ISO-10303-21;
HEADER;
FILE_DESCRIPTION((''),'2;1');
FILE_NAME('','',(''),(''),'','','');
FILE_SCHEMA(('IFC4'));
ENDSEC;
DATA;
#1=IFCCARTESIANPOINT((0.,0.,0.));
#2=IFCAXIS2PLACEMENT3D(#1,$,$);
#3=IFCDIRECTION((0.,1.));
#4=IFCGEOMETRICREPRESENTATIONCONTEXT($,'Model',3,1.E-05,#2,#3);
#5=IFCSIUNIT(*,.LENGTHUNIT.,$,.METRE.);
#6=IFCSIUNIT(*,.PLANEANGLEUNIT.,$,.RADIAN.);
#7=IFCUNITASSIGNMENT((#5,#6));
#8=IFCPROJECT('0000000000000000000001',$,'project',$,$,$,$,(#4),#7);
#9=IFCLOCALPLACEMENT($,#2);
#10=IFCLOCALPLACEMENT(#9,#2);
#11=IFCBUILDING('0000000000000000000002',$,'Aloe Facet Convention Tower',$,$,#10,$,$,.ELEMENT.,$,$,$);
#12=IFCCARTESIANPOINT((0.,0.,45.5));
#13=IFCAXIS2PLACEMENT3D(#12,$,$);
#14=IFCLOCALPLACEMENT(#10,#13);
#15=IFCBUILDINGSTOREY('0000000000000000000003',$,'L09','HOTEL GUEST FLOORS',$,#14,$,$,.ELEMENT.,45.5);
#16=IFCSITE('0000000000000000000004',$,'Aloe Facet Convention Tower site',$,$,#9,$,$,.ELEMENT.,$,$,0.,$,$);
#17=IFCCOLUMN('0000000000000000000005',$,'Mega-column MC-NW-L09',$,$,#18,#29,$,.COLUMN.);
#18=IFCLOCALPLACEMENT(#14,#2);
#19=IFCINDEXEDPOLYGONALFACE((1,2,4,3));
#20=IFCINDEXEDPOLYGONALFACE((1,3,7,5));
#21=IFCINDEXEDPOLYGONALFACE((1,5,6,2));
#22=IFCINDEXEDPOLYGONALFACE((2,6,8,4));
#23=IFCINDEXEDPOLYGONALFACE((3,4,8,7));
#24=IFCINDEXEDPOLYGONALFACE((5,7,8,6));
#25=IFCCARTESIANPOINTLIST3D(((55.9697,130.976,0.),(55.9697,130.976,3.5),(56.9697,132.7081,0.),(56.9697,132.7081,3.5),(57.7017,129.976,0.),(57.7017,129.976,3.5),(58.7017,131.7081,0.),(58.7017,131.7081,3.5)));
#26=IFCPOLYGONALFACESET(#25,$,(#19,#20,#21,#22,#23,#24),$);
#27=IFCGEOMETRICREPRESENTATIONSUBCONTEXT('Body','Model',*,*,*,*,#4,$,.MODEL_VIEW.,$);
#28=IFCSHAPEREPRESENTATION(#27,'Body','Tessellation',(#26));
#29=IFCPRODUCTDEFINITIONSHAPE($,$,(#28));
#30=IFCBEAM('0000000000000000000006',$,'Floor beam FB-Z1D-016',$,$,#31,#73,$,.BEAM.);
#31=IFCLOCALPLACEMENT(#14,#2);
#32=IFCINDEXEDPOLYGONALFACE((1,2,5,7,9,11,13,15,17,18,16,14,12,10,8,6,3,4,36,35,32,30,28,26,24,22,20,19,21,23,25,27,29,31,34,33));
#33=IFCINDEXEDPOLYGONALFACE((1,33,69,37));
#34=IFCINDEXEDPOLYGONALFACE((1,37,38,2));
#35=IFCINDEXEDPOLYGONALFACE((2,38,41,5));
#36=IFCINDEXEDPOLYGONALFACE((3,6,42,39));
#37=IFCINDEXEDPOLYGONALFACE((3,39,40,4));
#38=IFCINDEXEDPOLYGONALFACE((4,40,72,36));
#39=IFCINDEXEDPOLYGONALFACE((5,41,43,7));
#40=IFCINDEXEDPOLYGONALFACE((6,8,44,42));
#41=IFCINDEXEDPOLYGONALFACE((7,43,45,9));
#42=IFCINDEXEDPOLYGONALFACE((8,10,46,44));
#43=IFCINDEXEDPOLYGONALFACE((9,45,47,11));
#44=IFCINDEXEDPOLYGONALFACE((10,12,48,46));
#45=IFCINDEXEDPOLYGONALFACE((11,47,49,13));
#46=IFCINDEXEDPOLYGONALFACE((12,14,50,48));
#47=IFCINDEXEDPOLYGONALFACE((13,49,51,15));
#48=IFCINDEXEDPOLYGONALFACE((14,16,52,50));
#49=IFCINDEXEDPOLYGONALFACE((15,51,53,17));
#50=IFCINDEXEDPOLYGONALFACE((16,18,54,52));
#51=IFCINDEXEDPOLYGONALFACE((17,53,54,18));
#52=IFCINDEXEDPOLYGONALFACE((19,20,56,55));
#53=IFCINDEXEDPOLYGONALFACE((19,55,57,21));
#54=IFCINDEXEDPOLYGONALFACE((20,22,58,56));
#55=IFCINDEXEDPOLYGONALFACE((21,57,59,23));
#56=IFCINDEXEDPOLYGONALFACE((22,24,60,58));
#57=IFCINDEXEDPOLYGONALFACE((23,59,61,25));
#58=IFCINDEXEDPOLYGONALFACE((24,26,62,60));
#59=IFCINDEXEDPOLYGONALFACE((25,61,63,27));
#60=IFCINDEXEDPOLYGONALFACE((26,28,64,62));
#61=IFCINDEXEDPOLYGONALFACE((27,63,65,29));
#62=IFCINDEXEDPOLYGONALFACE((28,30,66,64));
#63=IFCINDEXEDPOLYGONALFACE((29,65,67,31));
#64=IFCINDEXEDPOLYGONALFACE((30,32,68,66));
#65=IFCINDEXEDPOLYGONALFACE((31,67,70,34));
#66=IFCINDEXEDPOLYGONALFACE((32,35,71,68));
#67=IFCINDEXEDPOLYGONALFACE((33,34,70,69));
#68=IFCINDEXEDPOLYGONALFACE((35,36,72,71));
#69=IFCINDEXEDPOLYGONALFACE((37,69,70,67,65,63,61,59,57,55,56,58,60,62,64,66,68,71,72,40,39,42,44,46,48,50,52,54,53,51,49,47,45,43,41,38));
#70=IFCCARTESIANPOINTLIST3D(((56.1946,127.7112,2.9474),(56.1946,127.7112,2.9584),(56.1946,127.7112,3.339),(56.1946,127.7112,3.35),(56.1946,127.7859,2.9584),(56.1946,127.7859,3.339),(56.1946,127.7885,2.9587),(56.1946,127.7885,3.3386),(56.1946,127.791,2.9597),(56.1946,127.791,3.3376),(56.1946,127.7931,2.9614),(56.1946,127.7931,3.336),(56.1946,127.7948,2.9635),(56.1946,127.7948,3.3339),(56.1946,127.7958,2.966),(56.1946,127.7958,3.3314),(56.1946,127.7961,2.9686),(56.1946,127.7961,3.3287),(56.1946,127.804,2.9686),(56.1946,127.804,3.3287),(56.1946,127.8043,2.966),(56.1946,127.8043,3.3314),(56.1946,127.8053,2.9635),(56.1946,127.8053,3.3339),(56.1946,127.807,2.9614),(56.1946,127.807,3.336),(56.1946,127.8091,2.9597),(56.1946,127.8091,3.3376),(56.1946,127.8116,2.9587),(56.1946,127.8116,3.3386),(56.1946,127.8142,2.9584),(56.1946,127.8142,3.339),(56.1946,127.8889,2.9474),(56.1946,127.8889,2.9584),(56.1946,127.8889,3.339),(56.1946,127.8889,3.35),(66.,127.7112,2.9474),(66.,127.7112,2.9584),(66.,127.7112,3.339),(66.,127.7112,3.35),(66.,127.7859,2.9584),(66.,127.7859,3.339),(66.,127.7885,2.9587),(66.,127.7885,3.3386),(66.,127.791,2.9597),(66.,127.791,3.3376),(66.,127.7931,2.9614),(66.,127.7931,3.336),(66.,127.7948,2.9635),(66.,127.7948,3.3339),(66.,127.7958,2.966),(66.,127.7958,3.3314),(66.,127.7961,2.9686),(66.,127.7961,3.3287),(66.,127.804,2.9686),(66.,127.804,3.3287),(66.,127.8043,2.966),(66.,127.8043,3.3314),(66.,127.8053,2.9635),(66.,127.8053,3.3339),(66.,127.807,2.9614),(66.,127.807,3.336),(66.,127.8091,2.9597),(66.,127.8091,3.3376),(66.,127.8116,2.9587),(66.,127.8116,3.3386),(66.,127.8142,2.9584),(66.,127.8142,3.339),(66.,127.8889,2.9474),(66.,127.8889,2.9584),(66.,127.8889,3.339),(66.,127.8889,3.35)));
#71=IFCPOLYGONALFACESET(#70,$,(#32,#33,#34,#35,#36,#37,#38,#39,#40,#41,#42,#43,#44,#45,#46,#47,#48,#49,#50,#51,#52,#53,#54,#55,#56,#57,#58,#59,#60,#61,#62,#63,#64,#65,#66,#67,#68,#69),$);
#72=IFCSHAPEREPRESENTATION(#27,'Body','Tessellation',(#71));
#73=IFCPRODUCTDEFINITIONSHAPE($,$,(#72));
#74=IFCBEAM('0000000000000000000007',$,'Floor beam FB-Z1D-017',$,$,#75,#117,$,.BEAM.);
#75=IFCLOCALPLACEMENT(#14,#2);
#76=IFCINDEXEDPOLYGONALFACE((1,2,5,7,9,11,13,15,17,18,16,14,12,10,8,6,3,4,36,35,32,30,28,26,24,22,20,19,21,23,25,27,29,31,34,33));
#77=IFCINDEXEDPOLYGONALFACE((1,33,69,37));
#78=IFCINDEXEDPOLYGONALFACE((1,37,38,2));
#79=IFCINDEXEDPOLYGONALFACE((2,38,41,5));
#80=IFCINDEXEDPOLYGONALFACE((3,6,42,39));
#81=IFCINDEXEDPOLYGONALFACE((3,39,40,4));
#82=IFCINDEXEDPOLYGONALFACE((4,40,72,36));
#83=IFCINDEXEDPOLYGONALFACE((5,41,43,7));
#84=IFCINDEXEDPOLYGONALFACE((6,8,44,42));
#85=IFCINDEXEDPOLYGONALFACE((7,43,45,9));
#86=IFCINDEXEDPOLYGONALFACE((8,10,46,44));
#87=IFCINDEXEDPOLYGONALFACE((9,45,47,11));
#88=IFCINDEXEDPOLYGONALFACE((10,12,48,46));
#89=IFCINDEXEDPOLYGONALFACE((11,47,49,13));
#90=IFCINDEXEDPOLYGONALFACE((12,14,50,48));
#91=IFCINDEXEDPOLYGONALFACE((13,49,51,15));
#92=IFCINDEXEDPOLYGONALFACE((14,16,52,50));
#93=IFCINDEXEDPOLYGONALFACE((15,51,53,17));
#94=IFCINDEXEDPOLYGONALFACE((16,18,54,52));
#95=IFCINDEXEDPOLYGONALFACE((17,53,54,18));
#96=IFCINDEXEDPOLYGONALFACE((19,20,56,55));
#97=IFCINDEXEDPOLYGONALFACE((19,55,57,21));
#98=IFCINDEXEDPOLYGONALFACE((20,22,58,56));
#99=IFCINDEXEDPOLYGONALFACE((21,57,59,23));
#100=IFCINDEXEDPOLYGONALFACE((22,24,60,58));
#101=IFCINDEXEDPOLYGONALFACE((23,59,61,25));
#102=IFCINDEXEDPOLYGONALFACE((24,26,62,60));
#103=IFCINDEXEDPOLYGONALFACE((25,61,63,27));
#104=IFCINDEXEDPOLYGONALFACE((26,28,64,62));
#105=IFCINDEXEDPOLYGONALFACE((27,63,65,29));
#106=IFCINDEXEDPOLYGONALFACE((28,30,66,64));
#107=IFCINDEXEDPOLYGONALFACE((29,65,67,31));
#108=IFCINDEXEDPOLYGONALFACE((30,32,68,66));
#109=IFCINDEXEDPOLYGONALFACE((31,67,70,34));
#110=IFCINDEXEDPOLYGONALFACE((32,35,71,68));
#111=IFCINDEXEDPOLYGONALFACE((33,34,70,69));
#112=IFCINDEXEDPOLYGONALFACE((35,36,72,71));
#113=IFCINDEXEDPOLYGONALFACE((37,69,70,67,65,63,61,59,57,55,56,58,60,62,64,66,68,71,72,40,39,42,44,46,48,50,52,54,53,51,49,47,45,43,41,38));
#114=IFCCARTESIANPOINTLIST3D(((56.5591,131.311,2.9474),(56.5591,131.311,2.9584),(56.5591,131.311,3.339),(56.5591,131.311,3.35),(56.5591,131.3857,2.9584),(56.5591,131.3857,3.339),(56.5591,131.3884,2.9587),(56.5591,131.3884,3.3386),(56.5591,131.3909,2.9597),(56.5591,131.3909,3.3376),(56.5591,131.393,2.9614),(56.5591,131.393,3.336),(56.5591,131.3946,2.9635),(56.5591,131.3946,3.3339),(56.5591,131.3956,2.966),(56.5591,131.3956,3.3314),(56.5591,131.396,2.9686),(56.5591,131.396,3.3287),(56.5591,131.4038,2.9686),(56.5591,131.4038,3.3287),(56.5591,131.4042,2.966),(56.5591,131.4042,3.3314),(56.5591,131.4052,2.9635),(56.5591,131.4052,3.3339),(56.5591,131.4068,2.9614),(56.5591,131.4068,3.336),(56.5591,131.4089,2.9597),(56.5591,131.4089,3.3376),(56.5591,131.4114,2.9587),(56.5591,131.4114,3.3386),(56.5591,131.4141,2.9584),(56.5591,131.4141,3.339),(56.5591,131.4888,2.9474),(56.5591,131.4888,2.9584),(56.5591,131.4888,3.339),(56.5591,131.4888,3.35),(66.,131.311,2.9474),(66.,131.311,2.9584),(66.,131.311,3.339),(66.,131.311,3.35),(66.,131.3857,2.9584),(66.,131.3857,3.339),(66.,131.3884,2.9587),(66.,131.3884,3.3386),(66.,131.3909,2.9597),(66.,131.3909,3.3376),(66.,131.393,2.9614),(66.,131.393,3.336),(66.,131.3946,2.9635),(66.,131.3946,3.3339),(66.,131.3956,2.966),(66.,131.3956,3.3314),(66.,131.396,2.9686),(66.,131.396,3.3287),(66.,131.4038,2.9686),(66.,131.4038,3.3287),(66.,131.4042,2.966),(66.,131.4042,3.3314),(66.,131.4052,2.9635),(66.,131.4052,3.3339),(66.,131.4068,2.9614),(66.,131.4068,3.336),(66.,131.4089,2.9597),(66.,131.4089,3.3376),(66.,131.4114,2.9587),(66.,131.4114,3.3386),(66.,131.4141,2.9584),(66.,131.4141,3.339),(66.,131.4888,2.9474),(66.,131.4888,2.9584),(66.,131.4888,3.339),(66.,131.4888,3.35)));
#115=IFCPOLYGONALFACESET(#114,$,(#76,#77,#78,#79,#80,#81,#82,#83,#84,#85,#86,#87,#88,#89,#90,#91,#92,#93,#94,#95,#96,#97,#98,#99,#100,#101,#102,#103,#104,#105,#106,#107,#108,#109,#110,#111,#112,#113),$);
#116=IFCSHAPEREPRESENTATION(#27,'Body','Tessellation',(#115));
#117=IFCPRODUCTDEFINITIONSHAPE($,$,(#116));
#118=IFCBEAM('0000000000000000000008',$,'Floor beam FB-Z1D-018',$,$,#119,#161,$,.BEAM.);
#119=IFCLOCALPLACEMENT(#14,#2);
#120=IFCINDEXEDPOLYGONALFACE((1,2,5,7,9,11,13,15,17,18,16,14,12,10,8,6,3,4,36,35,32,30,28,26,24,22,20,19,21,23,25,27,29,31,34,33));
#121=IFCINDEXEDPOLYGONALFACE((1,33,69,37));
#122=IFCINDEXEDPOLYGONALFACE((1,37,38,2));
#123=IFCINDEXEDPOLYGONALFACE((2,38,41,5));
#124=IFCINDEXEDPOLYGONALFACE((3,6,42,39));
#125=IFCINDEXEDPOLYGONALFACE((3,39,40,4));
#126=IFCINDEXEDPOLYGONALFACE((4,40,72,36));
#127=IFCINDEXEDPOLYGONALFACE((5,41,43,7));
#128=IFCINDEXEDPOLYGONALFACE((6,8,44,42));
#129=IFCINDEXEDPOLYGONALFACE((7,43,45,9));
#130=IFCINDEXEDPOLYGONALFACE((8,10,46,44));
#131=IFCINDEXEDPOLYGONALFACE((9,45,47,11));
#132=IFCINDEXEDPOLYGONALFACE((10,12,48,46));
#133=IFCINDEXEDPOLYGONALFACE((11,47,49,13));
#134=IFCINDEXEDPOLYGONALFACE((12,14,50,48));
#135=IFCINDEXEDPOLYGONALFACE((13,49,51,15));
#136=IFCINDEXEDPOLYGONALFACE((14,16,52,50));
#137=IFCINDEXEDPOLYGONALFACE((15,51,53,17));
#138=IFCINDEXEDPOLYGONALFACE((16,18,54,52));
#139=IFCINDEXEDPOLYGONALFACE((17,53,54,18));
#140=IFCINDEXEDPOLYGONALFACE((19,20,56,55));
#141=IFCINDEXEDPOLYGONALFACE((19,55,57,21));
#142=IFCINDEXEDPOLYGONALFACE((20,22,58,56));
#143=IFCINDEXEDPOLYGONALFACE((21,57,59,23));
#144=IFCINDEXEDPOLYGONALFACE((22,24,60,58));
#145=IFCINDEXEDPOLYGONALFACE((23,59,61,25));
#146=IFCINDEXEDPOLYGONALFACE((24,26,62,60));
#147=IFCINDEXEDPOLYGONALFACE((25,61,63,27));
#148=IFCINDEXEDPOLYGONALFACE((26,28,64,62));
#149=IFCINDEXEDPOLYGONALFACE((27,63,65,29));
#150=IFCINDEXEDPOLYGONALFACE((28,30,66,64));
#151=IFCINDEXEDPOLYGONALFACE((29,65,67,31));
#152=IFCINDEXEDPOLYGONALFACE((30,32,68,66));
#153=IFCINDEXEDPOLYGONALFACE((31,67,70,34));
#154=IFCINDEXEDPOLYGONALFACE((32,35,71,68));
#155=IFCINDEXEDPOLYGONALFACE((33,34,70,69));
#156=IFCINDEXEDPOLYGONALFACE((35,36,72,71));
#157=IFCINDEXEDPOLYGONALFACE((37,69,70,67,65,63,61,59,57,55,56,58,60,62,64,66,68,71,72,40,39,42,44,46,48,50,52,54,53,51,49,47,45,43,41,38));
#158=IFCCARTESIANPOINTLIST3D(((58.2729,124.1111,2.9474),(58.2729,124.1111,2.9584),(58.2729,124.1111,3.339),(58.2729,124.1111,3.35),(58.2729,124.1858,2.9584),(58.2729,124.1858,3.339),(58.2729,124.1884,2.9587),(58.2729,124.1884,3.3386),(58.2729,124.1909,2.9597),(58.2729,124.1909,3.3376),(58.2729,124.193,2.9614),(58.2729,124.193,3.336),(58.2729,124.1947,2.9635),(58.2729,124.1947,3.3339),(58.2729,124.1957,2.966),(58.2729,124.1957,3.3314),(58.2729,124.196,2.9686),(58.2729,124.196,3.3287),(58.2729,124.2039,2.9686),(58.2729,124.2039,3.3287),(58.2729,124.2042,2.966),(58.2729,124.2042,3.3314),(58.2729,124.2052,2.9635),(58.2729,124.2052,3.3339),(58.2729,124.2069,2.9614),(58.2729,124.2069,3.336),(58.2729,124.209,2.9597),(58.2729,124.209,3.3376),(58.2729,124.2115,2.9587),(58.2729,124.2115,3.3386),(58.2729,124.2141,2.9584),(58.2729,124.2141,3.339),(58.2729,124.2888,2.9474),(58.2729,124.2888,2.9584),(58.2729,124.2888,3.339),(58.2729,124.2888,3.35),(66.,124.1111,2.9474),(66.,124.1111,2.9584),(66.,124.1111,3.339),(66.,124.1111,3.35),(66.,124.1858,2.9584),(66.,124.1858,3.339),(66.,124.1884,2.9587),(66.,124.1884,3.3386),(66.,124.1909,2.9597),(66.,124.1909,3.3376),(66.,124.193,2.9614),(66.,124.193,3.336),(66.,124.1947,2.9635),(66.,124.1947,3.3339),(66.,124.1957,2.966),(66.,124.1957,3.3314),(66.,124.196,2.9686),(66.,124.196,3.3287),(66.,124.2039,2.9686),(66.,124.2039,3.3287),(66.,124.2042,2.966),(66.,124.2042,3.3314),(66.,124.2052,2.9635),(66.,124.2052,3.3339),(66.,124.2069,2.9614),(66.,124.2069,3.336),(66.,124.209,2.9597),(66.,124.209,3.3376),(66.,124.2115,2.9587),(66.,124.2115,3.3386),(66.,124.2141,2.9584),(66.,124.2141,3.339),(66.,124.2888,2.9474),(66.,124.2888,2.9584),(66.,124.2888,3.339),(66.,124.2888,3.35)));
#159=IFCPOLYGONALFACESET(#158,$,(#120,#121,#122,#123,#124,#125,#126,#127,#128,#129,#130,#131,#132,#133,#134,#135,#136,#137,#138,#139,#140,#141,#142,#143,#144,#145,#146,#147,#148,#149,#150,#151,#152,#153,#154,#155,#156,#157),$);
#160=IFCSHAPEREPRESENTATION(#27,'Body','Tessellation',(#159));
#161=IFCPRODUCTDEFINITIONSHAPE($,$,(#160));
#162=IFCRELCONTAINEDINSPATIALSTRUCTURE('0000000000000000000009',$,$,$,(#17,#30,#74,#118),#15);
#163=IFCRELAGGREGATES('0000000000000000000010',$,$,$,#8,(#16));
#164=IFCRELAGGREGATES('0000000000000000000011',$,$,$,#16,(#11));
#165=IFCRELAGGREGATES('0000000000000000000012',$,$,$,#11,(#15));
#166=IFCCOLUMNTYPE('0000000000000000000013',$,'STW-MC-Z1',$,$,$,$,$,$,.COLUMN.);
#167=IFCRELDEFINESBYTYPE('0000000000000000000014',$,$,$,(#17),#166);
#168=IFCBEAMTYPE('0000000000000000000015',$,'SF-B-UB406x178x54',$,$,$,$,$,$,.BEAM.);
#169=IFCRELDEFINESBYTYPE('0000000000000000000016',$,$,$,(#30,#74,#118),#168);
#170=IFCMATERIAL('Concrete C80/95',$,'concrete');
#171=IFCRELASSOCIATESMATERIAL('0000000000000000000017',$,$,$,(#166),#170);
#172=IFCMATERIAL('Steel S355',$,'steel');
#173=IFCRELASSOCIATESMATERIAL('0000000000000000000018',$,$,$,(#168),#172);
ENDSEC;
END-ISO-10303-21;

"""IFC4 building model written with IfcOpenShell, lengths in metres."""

from ifc_helpers import new_model, si_unit, direction, frame, origin, origin_2d, place, context, subcontext, project, spatial, rectangle, i_section, extrude, material, material_profile, profile_set, type_object, element, save


model = new_model("IFC4")

# Units and contexts
model_context = context("Model", 3, precision=1e-05, world=origin(), true_north=direction((0.0, 1.0)))
body_context = subcontext(model_context, "Body", "Model", "MODEL_VIEW")
ifc_project = project(units=[si_unit("LENGTHUNIT", "METRE"), si_unit("PLANEANGLEUNIT", "RADIAN")], contexts=[model_context])

# Site, building, storey
site_placement = place(None, origin())
site = spatial("IfcSite", under=ifc_project, at=site_placement, Name="Aloe Facet Convention Tower site", CompositionType="ELEMENT", RefElevation=0.0)
building_placement = place(site_placement, origin())
building = spatial("IfcBuilding", under=site, at=building_placement, Name="Aloe Facet Convention Tower", CompositionType="ELEMENT")
storey_placement = place(building_placement, frame((0.0, 0.0, 45.5)))
storey = spatial("IfcBuildingStorey", under=building, at=storey_placement, Name="L09", Description="HOTEL GUEST FLOORS", CompositionType="ELEMENT", Elevation=45.5)

# Column
ifc_material_1 = material(Name="Concrete C80/95", Category="concrete")
ifc_material_profile_1 = material_profile(ifc_material_1, rectangle(XDim=2.0, YDim=2.0, at=origin_2d()), Name="STW-MC-Z1")
ifc_profile_set_1 = profile_set([ifc_material_profile_1], Name="Concrete C80/95")
column_type = type_object("IfcColumnType", Name="STW-MC-Z1", PredefinedType="COLUMN", material=ifc_profile_set_1)
column_placement = place(storey_placement, frame((57.3357, 131.342, 0.0), z_axis=(0.0, 0.0, 1.0), x_axis=(-0.5, -0.866025, 0.0)))
element("IfcColumn", 1, at=column_placement, inside=storey, type_object=column_type, Name="Mega-column MC-NW-L09", PredefinedType="COLUMN", context=body_context, shape_type="SweptSolid", body=[
    extrude(rectangle(XDim=2.0, YDim=2.0, at=origin_2d()), origin(), (0.0, 0.0, 1.0), 3.5),
])

# Beams
ifc_material_2 = material(Name="Steel S355", Category="steel")
ifc_material_profile_2 = material_profile(ifc_material_2, i_section(OverallWidth=0.1777, OverallDepth=0.4026, WebThickness=0.0078, FlangeThickness=0.011, FilletRadius=0.0103, at=origin_2d()), Name="UB 406x178x54")
ifc_profile_set_2 = profile_set([ifc_material_profile_2], Name="Steel S355")
beam_type_1 = type_object("IfcBeamType", Name="SF-B-UB406x178x54", PredefinedType="BEAM", material=ifc_profile_set_2)
beam_1_placement = place(storey_placement, frame((56.1946, 127.8, 3.1487), z_axis=(1.0, 0.0, 0.0), x_axis=(0.0, 1.0, 0.0)))
element("IfcBeam", 2, at=beam_1_placement, inside=storey, type_object=beam_type_1, Name="Floor beam FB-Z1D-016", PredefinedType="BEAM", context=body_context, shape_type="SweptSolid", body=[
    extrude(i_section(OverallWidth=0.1777, OverallDepth=0.4026, WebThickness=0.0078, FlangeThickness=0.011, FilletRadius=0.0103, at=origin_2d()), origin(), (0.0, 0.0, 1.0), 9.8054),
])
beam_2_placement = place(storey_placement, frame((56.5591, 131.3999, 3.1487), z_axis=(1.0, 0.0, 0.0), x_axis=(0.0, 1.0, 0.0)))
element("IfcBeam", 3, at=beam_2_placement, inside=storey, type_object=beam_type_1, Name="Floor beam FB-Z1D-017", PredefinedType="BEAM", context=body_context, shape_type="SweptSolid", body=[
    extrude(i_section(OverallWidth=0.1777, OverallDepth=0.4026, WebThickness=0.0078, FlangeThickness=0.011, FilletRadius=0.0103, at=origin_2d()), origin(), (0.0, 0.0, 1.0), 9.4409),
])
beam_3_placement = place(storey_placement, frame((58.2729, 124.2, 3.1487), z_axis=(1.0, 0.0, 0.0), x_axis=(0.0, 1.0, 0.0)))
element("IfcBeam", 4, at=beam_3_placement, inside=storey, type_object=beam_type_1, Name="Floor beam FB-Z1D-018", PredefinedType="BEAM", context=body_context, shape_type="SweptSolid", body=[
    extrude(i_section(OverallWidth=0.1777, OverallDepth=0.4026, WebThickness=0.0078, FlangeThickness=0.011, FilletRadius=0.0103, at=origin_2d()), origin(), (0.0, 0.0, 1.0), 7.7271),
])

save(model, "model.ifc")
